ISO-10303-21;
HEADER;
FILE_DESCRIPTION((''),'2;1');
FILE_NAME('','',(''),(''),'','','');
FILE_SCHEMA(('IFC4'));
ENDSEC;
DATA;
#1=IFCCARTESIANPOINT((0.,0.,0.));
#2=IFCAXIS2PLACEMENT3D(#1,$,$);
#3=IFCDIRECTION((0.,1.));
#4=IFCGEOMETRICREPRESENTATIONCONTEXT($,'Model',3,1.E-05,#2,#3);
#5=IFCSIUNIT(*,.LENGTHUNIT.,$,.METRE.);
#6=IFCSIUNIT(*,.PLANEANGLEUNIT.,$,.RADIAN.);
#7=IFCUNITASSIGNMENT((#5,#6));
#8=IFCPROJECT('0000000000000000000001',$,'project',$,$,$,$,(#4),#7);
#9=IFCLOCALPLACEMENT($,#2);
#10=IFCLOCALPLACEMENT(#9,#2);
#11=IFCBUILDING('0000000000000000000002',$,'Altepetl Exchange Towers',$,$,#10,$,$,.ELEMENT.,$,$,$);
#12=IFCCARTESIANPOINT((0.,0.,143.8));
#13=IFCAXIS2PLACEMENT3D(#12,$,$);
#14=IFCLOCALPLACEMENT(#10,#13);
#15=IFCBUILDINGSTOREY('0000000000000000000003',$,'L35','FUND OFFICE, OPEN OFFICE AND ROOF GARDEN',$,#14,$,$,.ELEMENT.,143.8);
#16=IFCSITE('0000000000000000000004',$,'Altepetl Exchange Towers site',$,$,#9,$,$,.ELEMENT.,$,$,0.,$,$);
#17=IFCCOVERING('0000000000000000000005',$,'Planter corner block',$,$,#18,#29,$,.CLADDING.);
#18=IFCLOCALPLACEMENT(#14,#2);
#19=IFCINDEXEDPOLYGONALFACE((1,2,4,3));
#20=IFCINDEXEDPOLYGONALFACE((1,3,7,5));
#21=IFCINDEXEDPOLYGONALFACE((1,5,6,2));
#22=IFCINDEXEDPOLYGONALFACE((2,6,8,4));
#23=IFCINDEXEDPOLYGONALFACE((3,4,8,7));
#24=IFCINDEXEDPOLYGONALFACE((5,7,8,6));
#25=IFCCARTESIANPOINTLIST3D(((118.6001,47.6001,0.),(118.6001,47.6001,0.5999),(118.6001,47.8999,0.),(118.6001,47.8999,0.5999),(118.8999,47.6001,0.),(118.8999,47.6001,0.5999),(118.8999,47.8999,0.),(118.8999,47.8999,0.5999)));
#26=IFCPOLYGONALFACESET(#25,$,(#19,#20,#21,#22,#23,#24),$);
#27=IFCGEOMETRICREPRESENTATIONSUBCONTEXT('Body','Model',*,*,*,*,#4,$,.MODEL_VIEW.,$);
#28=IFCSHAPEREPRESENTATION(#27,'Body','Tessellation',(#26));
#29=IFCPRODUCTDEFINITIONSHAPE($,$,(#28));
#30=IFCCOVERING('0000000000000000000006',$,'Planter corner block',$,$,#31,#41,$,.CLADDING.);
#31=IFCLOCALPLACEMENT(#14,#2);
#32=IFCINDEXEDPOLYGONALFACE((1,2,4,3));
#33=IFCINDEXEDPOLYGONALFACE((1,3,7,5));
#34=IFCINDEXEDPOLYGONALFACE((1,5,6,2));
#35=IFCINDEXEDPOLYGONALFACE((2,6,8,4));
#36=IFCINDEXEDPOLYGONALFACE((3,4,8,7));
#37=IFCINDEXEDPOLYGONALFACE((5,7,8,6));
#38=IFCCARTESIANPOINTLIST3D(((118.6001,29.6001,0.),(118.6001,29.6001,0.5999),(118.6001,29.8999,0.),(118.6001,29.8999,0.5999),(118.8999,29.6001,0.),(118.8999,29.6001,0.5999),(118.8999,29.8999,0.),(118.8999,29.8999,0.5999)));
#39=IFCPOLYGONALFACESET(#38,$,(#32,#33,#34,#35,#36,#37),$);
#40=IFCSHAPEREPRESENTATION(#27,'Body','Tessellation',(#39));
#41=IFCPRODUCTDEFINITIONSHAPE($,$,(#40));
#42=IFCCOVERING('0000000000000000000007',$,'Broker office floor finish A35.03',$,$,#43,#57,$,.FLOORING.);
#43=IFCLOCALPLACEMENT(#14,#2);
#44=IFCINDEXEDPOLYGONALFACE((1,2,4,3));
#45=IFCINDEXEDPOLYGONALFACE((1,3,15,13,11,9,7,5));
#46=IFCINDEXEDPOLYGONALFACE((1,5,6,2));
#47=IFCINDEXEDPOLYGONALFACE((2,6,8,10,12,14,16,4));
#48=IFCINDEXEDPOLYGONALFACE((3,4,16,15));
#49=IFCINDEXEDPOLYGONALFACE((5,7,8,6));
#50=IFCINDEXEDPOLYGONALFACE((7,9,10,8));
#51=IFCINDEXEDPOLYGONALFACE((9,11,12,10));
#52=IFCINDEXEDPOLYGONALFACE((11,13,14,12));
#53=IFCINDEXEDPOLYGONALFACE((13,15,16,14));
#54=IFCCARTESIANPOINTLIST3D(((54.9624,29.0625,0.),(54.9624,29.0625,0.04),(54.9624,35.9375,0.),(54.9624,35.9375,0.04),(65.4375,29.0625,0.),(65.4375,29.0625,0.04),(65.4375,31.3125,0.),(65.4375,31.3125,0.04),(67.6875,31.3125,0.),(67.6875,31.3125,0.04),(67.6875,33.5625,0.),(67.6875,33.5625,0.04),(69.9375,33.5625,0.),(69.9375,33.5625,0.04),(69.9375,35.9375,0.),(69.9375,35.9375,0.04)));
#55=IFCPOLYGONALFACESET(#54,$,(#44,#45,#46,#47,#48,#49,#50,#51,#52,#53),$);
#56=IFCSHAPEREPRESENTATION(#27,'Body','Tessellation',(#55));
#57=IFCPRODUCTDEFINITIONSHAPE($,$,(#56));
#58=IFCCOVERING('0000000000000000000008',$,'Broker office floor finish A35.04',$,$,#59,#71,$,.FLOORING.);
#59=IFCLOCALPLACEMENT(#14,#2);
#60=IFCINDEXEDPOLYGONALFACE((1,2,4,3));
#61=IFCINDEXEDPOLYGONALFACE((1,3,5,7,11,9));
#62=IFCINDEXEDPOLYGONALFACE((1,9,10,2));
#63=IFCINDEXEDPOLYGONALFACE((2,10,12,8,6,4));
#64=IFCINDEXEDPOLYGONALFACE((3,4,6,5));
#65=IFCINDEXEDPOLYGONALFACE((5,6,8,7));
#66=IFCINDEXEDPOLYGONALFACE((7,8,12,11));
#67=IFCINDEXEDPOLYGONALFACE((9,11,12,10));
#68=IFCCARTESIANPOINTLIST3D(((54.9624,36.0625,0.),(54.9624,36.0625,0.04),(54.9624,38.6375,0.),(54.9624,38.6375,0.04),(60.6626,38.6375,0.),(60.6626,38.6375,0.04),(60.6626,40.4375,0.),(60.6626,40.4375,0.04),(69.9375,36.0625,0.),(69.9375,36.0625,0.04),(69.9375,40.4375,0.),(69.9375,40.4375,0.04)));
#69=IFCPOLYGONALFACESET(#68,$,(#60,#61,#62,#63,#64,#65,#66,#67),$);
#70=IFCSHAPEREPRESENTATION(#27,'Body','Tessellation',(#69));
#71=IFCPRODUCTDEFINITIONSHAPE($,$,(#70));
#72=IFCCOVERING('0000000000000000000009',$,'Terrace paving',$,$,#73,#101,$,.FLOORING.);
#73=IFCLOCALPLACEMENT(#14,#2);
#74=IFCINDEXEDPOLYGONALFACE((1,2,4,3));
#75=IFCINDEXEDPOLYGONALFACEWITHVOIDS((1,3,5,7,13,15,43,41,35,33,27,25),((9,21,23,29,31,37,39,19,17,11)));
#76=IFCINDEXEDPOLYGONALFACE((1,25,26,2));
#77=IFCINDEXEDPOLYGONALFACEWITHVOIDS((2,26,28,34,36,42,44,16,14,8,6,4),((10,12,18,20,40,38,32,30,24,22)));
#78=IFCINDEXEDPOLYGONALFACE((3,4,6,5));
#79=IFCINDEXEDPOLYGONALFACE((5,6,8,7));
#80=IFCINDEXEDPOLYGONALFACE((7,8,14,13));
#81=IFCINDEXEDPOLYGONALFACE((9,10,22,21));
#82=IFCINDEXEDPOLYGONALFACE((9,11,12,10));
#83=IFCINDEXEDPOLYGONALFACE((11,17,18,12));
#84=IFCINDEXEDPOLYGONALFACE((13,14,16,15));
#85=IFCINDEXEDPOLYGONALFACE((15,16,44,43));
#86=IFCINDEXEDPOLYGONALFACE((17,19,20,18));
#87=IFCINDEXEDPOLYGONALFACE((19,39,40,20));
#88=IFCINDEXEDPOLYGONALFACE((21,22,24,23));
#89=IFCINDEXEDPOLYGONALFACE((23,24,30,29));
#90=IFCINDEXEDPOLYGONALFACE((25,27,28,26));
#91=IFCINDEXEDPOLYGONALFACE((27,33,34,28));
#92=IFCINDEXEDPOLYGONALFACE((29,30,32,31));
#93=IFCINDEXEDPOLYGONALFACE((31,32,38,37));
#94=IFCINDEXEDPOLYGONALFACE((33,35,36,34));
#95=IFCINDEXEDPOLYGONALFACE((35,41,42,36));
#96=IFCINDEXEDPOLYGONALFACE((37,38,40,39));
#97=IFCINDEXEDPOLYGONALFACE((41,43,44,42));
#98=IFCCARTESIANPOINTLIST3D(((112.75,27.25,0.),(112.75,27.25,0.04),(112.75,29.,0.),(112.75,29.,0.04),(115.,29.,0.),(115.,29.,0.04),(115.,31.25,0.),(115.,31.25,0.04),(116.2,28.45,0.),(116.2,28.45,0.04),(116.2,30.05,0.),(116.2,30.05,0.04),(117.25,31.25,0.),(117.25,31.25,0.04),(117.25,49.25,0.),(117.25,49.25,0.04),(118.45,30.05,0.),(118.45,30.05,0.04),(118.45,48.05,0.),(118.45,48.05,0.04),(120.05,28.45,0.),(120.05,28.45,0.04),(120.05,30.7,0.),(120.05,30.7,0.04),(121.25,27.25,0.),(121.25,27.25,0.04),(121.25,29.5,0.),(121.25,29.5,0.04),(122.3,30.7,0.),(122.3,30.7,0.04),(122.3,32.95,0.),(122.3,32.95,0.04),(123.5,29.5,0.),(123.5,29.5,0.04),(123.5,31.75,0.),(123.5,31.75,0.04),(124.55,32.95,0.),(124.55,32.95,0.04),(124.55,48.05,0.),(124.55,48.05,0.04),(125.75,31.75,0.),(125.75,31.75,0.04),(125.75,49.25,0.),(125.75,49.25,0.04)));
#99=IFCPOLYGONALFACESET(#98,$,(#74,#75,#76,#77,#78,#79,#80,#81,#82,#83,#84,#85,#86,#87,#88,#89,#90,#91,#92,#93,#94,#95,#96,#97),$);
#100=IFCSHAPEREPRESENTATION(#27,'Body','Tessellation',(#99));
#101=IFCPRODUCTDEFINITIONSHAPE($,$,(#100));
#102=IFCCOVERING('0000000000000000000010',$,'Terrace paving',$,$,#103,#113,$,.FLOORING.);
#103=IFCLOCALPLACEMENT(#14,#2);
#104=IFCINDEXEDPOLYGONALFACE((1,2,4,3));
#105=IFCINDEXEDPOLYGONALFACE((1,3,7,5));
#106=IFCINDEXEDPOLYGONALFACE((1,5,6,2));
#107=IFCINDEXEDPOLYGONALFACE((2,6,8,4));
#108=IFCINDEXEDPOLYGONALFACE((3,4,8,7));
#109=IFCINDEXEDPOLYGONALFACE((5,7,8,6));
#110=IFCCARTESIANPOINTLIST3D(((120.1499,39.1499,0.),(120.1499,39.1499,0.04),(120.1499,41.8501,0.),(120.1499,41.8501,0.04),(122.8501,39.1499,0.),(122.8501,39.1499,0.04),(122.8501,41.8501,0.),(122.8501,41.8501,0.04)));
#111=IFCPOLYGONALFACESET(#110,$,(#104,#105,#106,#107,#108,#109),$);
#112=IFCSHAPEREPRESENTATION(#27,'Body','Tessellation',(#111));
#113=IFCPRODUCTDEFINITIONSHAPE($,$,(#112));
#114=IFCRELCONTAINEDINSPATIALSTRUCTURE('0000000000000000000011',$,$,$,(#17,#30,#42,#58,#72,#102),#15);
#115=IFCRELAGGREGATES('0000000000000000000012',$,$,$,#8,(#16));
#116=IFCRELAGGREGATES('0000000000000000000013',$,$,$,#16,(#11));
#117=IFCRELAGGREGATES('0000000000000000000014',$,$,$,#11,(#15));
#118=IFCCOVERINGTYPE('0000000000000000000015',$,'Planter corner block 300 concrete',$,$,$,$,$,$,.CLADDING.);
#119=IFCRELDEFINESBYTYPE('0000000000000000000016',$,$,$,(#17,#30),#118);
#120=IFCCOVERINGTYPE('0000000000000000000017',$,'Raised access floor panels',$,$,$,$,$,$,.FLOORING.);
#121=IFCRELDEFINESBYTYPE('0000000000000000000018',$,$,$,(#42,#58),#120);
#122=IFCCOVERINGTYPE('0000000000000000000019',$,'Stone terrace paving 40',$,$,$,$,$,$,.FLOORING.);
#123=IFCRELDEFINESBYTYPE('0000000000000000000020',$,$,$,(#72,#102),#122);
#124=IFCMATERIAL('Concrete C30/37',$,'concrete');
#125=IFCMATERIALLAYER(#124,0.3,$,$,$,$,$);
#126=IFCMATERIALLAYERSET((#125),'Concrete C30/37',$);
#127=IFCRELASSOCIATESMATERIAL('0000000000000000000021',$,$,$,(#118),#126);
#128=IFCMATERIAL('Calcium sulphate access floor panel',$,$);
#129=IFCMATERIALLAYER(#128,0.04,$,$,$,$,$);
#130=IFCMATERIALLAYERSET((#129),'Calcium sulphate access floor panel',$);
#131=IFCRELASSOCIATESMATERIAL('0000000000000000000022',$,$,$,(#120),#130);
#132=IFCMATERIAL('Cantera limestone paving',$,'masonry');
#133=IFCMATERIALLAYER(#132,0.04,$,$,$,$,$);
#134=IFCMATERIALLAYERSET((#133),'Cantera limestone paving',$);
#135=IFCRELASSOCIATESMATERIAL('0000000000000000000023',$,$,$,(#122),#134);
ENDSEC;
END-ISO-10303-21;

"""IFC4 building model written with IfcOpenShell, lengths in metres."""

from ifc_helpers import new_model, si_unit, direction, frame, origin, place, context, subcontext, project, spatial, polyline, outline, extrude, material, layer, layer_set, type_object, element, save


model = new_model("IFC4")

# Units and contexts
model_context = context("Model", 3, precision=1e-05, world=origin(), true_north=direction((0.0, 1.0)))
body_context = subcontext(model_context, "Body", "Model", "MODEL_VIEW")
ifc_project = project(units=[si_unit("LENGTHUNIT", "METRE"), si_unit("PLANEANGLEUNIT", "RADIAN")], contexts=[model_context])

# Site, building, storey
site_placement = place(None, origin())
site = spatial("IfcSite", under=ifc_project, at=site_placement, Name="Altepetl Exchange Towers site", CompositionType="ELEMENT", RefElevation=0.0)
building_placement = place(site_placement, origin())
building = spatial("IfcBuilding", under=site, at=building_placement, Name="Altepetl Exchange Towers", CompositionType="ELEMENT")
storey_placement = place(building_placement, frame((0.0, 0.0, 143.8)))
storey = spatial("IfcBuildingStorey", under=building, at=storey_placement, Name="L35", Description="FUND OFFICE, OPEN OFFICE AND ROOF GARDEN", CompositionType="ELEMENT", Elevation=143.8)

# Coverings
ifc_material_1 = material(Name="Concrete C30/37", Category="concrete")
ifc_layer_1 = layer(ifc_material_1, 0.3)
ifc_layer_set_1 = layer_set([ifc_layer_1], Name="Concrete C30/37")
covering_type_1 = type_object("IfcCoveringType", Name="Planter corner block 300 concrete", PredefinedType="CLADDING", material=ifc_layer_set_1)
covering_1_placement = place(storey_placement, origin())
element("IfcCovering", 1, at=covering_1_placement, inside=storey, type_object=covering_type_1, Name="Planter corner block", PredefinedType="CLADDING", context=body_context, shape_type="SweptSolid", body=[
    extrude(outline(polyline([(118.8999, 47.6001), (118.8999, 47.8999), (118.6001, 47.8999), (118.6001, 47.6001), (118.8999, 47.6001)])), origin(), (0.0, 0.0, 1.0), 0.5999),
])
covering_2_placement = place(storey_placement, origin())
element("IfcCovering", 2, at=covering_2_placement, inside=storey, type_object=covering_type_1, Name="Planter corner block", PredefinedType="CLADDING", context=body_context, shape_type="SweptSolid", body=[
    extrude(outline(polyline([(118.6001, 29.6001), (118.8999, 29.6001), (118.8999, 29.8999), (118.6001, 29.8999), (118.6001, 29.6001)])), origin(), (0.0, 0.0, 1.0), 0.5999),
])
ifc_material_2 = material(Name="Calcium sulphate access floor panel")
ifc_layer_2 = layer(ifc_material_2, 0.04)
ifc_layer_set_2 = layer_set([ifc_layer_2], Name="Calcium sulphate access floor panel")
covering_type_2 = type_object("IfcCoveringType", Name="Raised access floor panels", PredefinedType="FLOORING", material=ifc_layer_set_2)
covering_3_placement = place(storey_placement, origin())
element("IfcCovering", 3, at=covering_3_placement, inside=storey, type_object=covering_type_2, Name="Broker office floor finish A35.03", PredefinedType="FLOORING", context=body_context, shape_type="SweptSolid", body=[
    extrude(outline(polyline([(69.9375, 35.9375), (54.9624, 35.9375), (54.9624, 29.0625), (65.4375, 29.0625), (65.4375, 31.3125), (67.6875, 31.3125), (67.6875, 33.5625), (69.9375, 33.5625), (69.9375, 35.9375)])), origin(), (0.0, 0.0, 1.0), 0.04),
])
covering_4_placement = place(storey_placement, origin())
element("IfcCovering", 4, at=covering_4_placement, inside=storey, type_object=covering_type_2, Name="Broker office floor finish A35.04", PredefinedType="FLOORING", context=body_context, shape_type="SweptSolid", body=[
    extrude(outline(polyline([(69.9375, 40.4375), (60.6626, 40.4375), (60.6626, 38.6375), (54.9624, 38.6375), (54.9624, 36.0625), (69.9375, 36.0625), (69.9375, 40.4375)])), origin(), (0.0, 0.0, 1.0), 0.04),
])
ifc_material_3 = material(Name="Cantera limestone paving", Category="masonry")
ifc_layer_3 = layer(ifc_material_3, 0.04)
ifc_layer_set_3 = layer_set([ifc_layer_3], Name="Cantera limestone paving")
covering_type_3 = type_object("IfcCoveringType", Name="Stone terrace paving 40", PredefinedType="FLOORING", material=ifc_layer_set_3)
covering_5_placement = place(storey_placement, origin())
element("IfcCovering", 5, at=covering_5_placement, inside=storey, type_object=covering_type_3, Name="Terrace paving", PredefinedType="FLOORING", context=body_context, shape_type="SweptSolid", body=[
    extrude(outline(polyline([(123.5, 31.75), (125.75, 31.75), (125.75, 49.25), (117.25, 49.25), (117.25, 31.25), (115.0, 31.25), (115.0, 29.0), (112.75, 29.0), (112.75, 27.25), (121.25, 27.25), (121.25, 29.5), (123.5, 29.5), (123.5, 31.75)]), holes=[polyline([(120.05, 28.45), (120.05, 30.7), (122.3, 30.7), (122.3, 32.95), (124.55, 32.95), (124.55, 48.05), (118.45, 48.05), (118.45, 30.05), (116.2, 30.05), (116.2, 28.45), (120.05, 28.45)])]), origin(), (0.0, 0.0, 1.0), 0.04),
])
covering_6_placement = place(storey_placement, origin())
element("IfcCovering", 6, at=covering_6_placement, inside=storey, type_object=covering_type_3, Name="Terrace paving", PredefinedType="FLOORING", context=body_context, shape_type="SweptSolid", body=[
    extrude(outline(polyline([(120.1499, 39.1499), (122.8501, 39.1499), (122.8501, 41.8501), (120.1499, 41.8501), (120.1499, 39.1499)])), origin(), (0.0, 0.0, 1.0), 0.04),
])

save(model, "model.ifc")
